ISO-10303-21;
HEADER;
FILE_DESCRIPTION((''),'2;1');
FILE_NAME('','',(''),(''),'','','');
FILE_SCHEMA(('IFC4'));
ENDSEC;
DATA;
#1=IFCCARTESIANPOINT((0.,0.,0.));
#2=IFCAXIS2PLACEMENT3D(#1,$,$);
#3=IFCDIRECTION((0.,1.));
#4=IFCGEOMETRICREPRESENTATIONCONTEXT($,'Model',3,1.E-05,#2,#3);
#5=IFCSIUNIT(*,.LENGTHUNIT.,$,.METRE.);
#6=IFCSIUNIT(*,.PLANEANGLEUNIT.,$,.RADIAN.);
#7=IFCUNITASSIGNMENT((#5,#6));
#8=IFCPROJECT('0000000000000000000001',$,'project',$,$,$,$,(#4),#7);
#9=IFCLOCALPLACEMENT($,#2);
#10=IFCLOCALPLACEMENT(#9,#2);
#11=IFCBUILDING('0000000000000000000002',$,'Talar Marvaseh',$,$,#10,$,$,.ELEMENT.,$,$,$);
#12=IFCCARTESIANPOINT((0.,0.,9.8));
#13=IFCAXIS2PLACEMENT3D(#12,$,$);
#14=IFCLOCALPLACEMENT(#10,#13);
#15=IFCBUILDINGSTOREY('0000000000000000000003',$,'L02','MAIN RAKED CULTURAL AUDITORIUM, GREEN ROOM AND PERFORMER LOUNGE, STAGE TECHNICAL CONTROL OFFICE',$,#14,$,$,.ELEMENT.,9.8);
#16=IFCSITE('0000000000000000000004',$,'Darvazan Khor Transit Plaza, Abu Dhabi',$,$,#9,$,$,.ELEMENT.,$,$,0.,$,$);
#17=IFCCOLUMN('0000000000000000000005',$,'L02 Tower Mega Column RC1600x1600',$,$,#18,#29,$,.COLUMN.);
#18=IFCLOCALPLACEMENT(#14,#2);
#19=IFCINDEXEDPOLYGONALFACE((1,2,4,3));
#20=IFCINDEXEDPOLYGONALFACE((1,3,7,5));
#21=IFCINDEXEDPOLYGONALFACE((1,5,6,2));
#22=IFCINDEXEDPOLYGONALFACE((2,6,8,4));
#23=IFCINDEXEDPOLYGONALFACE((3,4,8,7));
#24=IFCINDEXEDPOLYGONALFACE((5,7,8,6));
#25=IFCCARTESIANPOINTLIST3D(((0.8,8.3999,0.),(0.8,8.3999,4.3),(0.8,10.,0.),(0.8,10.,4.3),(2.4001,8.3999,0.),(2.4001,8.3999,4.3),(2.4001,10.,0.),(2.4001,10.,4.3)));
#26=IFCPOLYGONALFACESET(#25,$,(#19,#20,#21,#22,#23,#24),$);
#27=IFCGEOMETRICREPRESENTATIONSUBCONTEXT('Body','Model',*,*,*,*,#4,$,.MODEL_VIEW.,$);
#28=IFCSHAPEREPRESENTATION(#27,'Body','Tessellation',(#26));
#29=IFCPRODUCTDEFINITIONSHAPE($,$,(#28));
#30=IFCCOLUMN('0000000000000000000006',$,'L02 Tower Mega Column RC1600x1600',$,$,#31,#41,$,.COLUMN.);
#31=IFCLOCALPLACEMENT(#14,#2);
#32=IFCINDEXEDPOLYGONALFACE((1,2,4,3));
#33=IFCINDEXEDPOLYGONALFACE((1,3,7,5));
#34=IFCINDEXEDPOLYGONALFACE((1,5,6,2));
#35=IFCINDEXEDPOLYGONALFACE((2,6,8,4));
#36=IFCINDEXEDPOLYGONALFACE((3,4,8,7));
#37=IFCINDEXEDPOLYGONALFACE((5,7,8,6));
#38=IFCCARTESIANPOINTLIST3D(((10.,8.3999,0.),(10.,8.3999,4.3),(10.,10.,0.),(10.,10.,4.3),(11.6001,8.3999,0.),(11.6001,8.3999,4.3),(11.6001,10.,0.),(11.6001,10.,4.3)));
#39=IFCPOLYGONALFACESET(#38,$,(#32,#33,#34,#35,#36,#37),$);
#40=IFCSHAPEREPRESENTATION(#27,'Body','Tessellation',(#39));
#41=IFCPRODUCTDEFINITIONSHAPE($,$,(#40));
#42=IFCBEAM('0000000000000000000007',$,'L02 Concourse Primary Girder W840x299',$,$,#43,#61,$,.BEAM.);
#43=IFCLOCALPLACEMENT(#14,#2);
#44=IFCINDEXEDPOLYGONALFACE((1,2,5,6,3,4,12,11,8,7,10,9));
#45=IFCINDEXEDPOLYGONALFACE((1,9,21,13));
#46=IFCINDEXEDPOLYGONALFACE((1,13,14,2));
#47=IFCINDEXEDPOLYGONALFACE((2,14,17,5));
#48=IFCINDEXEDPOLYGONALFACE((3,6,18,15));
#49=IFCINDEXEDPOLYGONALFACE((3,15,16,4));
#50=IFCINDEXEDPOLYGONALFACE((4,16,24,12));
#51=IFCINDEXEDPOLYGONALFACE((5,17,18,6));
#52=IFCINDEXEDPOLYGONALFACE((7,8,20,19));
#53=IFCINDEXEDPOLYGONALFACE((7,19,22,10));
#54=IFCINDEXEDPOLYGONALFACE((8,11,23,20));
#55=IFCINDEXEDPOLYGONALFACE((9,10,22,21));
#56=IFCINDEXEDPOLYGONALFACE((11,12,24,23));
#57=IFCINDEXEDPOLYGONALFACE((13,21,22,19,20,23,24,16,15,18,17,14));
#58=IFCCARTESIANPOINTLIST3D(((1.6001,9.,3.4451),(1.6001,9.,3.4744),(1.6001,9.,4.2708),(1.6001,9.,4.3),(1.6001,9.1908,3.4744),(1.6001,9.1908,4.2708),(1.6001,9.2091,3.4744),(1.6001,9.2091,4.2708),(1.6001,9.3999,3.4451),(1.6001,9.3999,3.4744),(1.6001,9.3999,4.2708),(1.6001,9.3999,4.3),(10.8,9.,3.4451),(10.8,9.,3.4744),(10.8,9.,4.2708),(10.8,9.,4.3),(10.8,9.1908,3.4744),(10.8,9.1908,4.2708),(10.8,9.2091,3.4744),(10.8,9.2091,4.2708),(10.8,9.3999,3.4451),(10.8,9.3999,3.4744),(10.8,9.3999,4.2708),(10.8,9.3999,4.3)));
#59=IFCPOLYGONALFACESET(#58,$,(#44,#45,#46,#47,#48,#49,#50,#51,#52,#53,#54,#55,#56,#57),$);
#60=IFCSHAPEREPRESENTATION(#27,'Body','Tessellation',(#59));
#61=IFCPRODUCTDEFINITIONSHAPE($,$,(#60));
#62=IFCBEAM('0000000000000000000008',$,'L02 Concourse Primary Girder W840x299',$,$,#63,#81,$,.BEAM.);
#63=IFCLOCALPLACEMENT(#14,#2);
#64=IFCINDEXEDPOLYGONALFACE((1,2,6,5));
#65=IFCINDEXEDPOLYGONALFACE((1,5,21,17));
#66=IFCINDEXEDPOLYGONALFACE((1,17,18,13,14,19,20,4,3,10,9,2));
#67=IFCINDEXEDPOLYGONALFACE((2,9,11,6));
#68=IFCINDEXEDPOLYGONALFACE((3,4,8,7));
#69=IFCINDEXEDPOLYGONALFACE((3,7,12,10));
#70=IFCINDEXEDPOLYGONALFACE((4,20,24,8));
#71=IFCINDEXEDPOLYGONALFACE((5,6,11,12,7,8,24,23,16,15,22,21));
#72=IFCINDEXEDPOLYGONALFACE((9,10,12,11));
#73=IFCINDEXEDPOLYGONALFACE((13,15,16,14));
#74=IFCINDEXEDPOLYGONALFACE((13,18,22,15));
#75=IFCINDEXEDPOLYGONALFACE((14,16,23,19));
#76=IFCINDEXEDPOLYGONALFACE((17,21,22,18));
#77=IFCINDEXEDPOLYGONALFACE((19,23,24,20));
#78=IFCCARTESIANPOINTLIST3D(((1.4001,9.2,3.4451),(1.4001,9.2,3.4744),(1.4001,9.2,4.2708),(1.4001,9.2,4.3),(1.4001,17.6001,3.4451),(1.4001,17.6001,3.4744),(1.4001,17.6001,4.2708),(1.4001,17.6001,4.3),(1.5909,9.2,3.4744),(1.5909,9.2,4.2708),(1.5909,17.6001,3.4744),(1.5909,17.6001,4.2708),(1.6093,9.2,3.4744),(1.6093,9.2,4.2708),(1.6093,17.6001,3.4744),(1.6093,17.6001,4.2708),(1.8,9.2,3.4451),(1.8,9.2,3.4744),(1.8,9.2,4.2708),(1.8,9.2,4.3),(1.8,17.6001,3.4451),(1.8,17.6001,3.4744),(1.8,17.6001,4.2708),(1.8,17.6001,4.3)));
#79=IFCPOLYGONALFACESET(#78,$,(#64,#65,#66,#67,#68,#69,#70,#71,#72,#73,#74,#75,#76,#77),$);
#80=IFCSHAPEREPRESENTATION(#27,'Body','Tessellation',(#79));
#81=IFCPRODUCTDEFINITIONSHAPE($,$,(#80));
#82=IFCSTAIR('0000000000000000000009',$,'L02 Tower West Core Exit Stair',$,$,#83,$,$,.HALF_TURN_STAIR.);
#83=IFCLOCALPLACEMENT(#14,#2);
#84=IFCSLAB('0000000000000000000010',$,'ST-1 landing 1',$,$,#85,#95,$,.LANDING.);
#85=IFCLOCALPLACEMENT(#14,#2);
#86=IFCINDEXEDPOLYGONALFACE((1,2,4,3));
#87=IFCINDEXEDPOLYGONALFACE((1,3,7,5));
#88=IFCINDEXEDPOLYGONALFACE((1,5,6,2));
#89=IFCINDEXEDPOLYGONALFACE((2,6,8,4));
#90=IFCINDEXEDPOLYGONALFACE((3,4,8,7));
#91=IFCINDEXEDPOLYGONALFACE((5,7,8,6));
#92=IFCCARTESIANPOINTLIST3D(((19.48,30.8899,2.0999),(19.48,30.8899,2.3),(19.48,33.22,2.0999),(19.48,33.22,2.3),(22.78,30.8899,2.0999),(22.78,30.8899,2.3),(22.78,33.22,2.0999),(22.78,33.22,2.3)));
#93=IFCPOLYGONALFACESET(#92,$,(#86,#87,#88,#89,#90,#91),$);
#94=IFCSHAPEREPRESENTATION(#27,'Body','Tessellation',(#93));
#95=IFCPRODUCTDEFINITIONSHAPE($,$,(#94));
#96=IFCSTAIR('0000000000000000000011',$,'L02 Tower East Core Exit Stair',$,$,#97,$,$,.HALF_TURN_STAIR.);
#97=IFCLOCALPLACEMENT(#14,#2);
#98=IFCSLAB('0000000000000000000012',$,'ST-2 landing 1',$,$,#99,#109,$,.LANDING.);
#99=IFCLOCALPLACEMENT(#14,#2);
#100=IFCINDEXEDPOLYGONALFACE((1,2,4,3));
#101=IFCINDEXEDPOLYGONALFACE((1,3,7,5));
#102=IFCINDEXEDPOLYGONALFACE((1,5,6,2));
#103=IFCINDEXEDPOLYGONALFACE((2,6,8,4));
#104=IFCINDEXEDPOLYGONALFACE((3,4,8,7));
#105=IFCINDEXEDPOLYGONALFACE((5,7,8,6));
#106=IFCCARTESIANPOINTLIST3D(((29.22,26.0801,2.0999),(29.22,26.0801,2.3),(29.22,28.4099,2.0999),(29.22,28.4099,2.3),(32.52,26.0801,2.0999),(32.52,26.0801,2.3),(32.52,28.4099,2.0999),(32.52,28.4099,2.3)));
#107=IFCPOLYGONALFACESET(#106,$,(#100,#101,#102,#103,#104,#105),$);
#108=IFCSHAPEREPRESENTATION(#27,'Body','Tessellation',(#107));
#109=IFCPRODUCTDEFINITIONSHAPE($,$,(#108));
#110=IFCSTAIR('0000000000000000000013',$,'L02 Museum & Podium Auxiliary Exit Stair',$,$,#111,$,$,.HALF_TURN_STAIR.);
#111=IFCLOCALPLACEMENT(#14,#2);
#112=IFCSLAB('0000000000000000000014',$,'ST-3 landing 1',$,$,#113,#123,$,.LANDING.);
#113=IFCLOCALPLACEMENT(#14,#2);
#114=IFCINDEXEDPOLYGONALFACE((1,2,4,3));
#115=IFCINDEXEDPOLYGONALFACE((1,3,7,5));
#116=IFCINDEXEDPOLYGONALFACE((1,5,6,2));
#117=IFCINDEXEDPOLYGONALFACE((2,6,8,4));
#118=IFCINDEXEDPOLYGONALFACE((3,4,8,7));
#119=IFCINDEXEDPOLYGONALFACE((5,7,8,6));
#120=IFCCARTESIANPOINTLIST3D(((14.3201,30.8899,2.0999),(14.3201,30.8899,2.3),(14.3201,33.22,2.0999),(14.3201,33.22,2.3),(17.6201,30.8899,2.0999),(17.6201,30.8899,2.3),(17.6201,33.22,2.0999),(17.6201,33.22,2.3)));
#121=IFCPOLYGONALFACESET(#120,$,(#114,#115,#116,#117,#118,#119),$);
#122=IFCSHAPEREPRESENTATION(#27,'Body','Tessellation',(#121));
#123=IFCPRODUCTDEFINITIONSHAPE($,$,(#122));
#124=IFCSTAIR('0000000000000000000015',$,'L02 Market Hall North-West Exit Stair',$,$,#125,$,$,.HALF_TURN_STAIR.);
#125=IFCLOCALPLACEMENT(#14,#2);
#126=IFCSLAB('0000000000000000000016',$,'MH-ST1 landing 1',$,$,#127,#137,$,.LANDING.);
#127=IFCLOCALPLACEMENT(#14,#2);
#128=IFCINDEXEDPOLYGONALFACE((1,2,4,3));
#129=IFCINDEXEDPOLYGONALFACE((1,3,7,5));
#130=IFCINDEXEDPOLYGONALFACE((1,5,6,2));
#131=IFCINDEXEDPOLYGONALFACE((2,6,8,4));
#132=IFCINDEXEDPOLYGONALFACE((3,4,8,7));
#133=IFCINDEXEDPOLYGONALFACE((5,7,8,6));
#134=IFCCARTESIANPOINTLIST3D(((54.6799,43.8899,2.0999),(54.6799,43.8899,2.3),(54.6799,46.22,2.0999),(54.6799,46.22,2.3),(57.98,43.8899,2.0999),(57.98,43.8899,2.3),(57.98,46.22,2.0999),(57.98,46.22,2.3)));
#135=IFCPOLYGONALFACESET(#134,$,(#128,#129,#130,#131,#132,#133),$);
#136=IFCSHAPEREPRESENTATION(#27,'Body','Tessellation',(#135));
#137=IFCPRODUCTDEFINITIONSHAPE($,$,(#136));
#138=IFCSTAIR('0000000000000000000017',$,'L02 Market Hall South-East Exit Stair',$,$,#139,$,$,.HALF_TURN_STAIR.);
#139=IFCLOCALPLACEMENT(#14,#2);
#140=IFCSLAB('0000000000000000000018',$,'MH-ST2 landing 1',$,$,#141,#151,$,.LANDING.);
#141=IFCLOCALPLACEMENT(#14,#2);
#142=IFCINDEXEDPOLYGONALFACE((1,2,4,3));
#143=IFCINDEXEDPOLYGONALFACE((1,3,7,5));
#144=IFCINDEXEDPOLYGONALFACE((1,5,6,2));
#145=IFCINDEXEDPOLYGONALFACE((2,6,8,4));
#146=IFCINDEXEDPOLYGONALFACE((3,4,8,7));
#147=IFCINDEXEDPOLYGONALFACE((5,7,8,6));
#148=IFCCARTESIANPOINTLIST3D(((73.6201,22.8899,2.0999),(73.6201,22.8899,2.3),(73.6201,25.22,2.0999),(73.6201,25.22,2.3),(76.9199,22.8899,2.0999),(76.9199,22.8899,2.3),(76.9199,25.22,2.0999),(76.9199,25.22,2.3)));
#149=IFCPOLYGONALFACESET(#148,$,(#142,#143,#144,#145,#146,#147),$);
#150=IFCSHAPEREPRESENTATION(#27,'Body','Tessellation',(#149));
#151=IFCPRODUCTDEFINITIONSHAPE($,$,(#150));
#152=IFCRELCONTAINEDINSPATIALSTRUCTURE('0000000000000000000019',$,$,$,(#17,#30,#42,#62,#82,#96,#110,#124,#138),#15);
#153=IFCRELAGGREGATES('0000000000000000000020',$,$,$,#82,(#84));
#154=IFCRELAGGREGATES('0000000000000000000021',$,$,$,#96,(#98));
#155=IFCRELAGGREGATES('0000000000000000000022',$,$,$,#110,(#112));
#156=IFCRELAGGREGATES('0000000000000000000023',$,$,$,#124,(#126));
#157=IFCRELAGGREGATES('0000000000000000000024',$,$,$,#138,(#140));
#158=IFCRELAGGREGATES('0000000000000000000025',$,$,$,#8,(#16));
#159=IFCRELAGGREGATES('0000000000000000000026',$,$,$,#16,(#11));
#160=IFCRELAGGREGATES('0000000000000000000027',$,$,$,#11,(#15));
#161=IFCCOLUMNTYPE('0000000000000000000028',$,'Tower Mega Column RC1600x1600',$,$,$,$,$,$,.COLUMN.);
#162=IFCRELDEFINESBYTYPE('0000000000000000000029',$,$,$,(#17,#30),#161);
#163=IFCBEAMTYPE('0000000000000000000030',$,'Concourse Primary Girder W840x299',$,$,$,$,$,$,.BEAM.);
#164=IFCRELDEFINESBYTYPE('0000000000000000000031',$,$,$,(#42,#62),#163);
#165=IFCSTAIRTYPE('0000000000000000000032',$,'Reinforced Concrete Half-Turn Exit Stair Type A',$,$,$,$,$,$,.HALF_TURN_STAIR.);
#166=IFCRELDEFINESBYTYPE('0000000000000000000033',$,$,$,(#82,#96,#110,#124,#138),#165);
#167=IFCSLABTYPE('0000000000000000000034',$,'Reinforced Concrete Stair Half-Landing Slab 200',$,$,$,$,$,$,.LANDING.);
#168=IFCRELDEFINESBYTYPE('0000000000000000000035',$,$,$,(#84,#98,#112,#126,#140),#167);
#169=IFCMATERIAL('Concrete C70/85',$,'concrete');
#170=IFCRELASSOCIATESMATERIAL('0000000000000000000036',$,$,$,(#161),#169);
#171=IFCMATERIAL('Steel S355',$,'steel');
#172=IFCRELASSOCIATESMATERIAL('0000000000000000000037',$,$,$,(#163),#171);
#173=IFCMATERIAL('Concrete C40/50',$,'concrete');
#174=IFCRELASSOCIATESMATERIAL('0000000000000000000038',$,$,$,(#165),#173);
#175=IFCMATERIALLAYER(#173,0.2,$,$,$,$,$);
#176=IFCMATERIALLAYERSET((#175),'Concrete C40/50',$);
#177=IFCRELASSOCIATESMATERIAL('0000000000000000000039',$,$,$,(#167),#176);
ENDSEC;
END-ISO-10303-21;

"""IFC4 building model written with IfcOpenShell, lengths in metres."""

from ifc_helpers import new_model, si_unit, direction, frame, origin, origin_2d, place, context, subcontext, project, spatial, polyline, rectangle, i_section, outline, extrude, material, layer, layer_set, material_profile, profile_set, type_object, element, aggregate, save


model = new_model("IFC4")

# Units and contexts
model_context = context("Model", 3, precision=1e-05, world=origin(), true_north=direction((0.0, 1.0)))
body_context = subcontext(model_context, "Body", "Model", "MODEL_VIEW")
ifc_project = project(units=[si_unit("LENGTHUNIT", "METRE"), si_unit("PLANEANGLEUNIT", "RADIAN")], contexts=[model_context])

# Site, building, storey
site_placement = place(None, origin())
site = spatial("IfcSite", under=ifc_project, at=site_placement, Name="Darvazan Khor Transit Plaza, Abu Dhabi", CompositionType="ELEMENT", RefElevation=0.0)
building_placement = place(site_placement, origin())
building = spatial("IfcBuilding", under=site, at=building_placement, Name="Talar Marvaseh", CompositionType="ELEMENT")
storey_placement = place(building_placement, frame((0.0, 0.0, 9.8)))
storey = spatial("IfcBuildingStorey", under=building, at=storey_placement, Name="L02", Description="MAIN RAKED CULTURAL AUDITORIUM, GREEN ROOM AND PERFORMER LOUNGE, STAGE TECHNICAL CONTROL OFFICE", CompositionType="ELEMENT", Elevation=9.8)

# Columns
ifc_material_1 = material(Name="Concrete C70/85", Category="concrete")
ifc_material_profile_1 = material_profile(ifc_material_1, rectangle(XDim=1.6001, YDim=1.6001, at=origin_2d()), Name="RC1600x1600")
ifc_profile_set_1 = profile_set([ifc_material_profile_1], Name="Concrete C70/85")
column_type = type_object("IfcColumnType", Name="Tower Mega Column RC1600x1600", PredefinedType="COLUMN", material=ifc_profile_set_1)
for number, where, z_axis, x_axis, name in (
    (1, (1.6001, 9.2, 0.0), (0.0, 0.0, 1.0), (1.0, 0.0, 0.0), "L02 Tower Mega Column RC1600x1600"),
    (2, (10.8, 9.2, 0.0), (0.0, 0.0, 1.0), (1.0, 0.0, 0.0), "L02 Tower Mega Column RC1600x1600"),
):
    element("IfcColumn", number, at=place(storey_placement, frame(where, z_axis=z_axis, x_axis=x_axis)), inside=storey, type_object=column_type, Name=name, PredefinedType="COLUMN", context=body_context, shape_type="SweptSolid", body=[
        extrude(rectangle(XDim=1.6001, YDim=1.6001, at=origin_2d()), origin(), (0.0, 0.0, 1.0), 4.3),
    ])

# Beams
ifc_material_2 = material(Name="Steel S355", Category="steel")
ifc_material_profile_2 = material_profile(ifc_material_2, i_section(OverallWidth=0.3999, OverallDepth=0.855, WebThickness=0.0183, FlangeThickness=0.0293, at=origin_2d()), Name="W840x299")
ifc_profile_set_2 = profile_set([ifc_material_profile_2], Name="Steel S355")
beam_type = type_object("IfcBeamType", Name="Concourse Primary Girder W840x299", PredefinedType="BEAM", material=ifc_profile_set_2)
beam_1_placement = place(storey_placement, frame((1.6001, 9.2, 3.8726), z_axis=(1.0, 0.0, 0.0), x_axis=(0.0, 1.0, 0.0)))
element("IfcBeam", 3, at=beam_1_placement, inside=storey, type_object=beam_type, Name="L02 Concourse Primary Girder W840x299", PredefinedType="BEAM", context=body_context, shape_type="SweptSolid", body=[
    extrude(i_section(OverallWidth=0.3999, OverallDepth=0.855, WebThickness=0.0183, FlangeThickness=0.0293, at=origin_2d()), origin(), (0.0, 0.0, 1.0), 9.2),
])
beam_2_placement = place(storey_placement, frame((1.6001, 9.2, 3.8726), z_axis=(0.0, 1.0, 0.0), x_axis=(-1.0, 0.0, 0.0)))
element("IfcBeam", 4, at=beam_2_placement, inside=storey, type_object=beam_type, Name="L02 Concourse Primary Girder W840x299", PredefinedType="BEAM", context=body_context, shape_type="SweptSolid", body=[
    extrude(i_section(OverallWidth=0.3999, OverallDepth=0.855, WebThickness=0.0183, FlangeThickness=0.0293, at=origin_2d()), origin(), (0.0, 0.0, 1.0), 8.4001),
])

# Stairs, slabs
ifc_material_3 = material(Name="Concrete C40/50", Category="concrete")
stair_type = type_object("IfcStairType", Name="Reinforced Concrete Half-Turn Exit Stair Type A", PredefinedType="HALF_TURN_STAIR", material=ifc_material_3)
stair_1_placement = place(storey_placement, origin())
stair_1 = element("IfcStair", 5, at=stair_1_placement, inside=storey, type_object=stair_type, Name="L02 Tower West Core Exit Stair", PredefinedType="HALF_TURN_STAIR")
ifc_layer_1 = layer(ifc_material_3, 0.2)
ifc_layer_set_1 = layer_set([ifc_layer_1], Name="Concrete C40/50")
slab_type_1 = type_object("IfcSlabType", Name="Reinforced Concrete Stair Half-Landing Slab 200", PredefinedType="LANDING", material=ifc_layer_set_1)
slab_1_placement = place(storey_placement, frame((0.0, 0.0, 2.0999)))
slab_1 = element("IfcSlab", 6, at=slab_1_placement, type_object=slab_type_1, Name="ST-1 landing 1", PredefinedType="LANDING", context=body_context, shape_type="SweptSolid", body=[
    extrude(outline(polyline([(22.78, 30.8899), (22.78, 33.22), (19.48, 33.22), (19.48, 30.8899), (22.78, 30.8899)])), origin(), (0.0, 0.0, 1.0), 0.2002),
])
aggregate(stair_1, [slab_1])
stair_2_placement = place(storey_placement, origin())
stair_2 = element("IfcStair", 7, at=stair_2_placement, inside=storey, type_object=stair_type, Name="L02 Tower East Core Exit Stair", PredefinedType="HALF_TURN_STAIR")
slab_2_placement = place(storey_placement, frame((0.0, 0.0, 2.0999)))
slab_2 = element("IfcSlab", 8, at=slab_2_placement, type_object=slab_type_1, Name="ST-2 landing 1", PredefinedType="LANDING", context=body_context, shape_type="SweptSolid", body=[
    extrude(outline(polyline([(29.22, 28.4099), (29.22, 26.0801), (32.52, 26.0801), (32.52, 28.4099), (29.22, 28.4099)])), origin(), (0.0, 0.0, 1.0), 0.2002),
])
aggregate(stair_2, [slab_2])
stair_3_placement = place(storey_placement, origin())
stair_3 = element("IfcStair", 9, at=stair_3_placement, inside=storey, type_object=stair_type, Name="L02 Museum & Podium Auxiliary Exit Stair", PredefinedType="HALF_TURN_STAIR")
slab_3_placement = place(storey_placement, frame((0.0, 0.0, 2.0999)))
slab_3 = element("IfcSlab", 10, at=slab_3_placement, type_object=slab_type_1, Name="ST-3 landing 1", PredefinedType="LANDING", context=body_context, shape_type="SweptSolid", body=[
    extrude(outline(polyline([(17.6201, 30.8899), (17.6201, 33.22), (14.3201, 33.22), (14.3201, 30.8899), (17.6201, 30.8899)])), origin(), (0.0, 0.0, 1.0), 0.2002),
])
aggregate(stair_3, [slab_3])
stair_4_placement = place(storey_placement, origin())
stair_4 = element("IfcStair", 11, at=stair_4_placement, inside=storey, type_object=stair_type, Name="L02 Market Hall North-West Exit Stair", PredefinedType="HALF_TURN_STAIR")
slab_4_placement = place(storey_placement, frame((0.0, 0.0, 2.0999)))
slab_4 = element("IfcSlab", 12, at=slab_4_placement, type_object=slab_type_1, Name="MH-ST1 landing 1", PredefinedType="LANDING", context=body_context, shape_type="SweptSolid", body=[
    extrude(outline(polyline([(57.98, 43.8899), (57.98, 46.22), (54.6799, 46.22), (54.6799, 43.8899), (57.98, 43.8899)])), origin(), (0.0, 0.0, 1.0), 0.2002),
])
aggregate(stair_4, [slab_4])
stair_5_placement = place(storey_placement, origin())
stair_5 = element("IfcStair", 13, at=stair_5_placement, inside=storey, type_object=stair_type, Name="L02 Market Hall South-East Exit Stair", PredefinedType="HALF_TURN_STAIR")
slab_5_placement = place(storey_placement, frame((0.0, 0.0, 2.0999)))
slab_5 = element("IfcSlab", 14, at=slab_5_placement, type_object=slab_type_1, Name="MH-ST2 landing 1", PredefinedType="LANDING", context=body_context, shape_type="SweptSolid", body=[
    extrude(outline(polyline([(76.9199, 22.8899), (76.9199, 25.22), (73.6201, 25.22), (73.6201, 22.8899), (76.9199, 22.8899)])), origin(), (0.0, 0.0, 1.0), 0.2002),
])
aggregate(stair_5, [slab_5])

save(model, "model.ifc")
